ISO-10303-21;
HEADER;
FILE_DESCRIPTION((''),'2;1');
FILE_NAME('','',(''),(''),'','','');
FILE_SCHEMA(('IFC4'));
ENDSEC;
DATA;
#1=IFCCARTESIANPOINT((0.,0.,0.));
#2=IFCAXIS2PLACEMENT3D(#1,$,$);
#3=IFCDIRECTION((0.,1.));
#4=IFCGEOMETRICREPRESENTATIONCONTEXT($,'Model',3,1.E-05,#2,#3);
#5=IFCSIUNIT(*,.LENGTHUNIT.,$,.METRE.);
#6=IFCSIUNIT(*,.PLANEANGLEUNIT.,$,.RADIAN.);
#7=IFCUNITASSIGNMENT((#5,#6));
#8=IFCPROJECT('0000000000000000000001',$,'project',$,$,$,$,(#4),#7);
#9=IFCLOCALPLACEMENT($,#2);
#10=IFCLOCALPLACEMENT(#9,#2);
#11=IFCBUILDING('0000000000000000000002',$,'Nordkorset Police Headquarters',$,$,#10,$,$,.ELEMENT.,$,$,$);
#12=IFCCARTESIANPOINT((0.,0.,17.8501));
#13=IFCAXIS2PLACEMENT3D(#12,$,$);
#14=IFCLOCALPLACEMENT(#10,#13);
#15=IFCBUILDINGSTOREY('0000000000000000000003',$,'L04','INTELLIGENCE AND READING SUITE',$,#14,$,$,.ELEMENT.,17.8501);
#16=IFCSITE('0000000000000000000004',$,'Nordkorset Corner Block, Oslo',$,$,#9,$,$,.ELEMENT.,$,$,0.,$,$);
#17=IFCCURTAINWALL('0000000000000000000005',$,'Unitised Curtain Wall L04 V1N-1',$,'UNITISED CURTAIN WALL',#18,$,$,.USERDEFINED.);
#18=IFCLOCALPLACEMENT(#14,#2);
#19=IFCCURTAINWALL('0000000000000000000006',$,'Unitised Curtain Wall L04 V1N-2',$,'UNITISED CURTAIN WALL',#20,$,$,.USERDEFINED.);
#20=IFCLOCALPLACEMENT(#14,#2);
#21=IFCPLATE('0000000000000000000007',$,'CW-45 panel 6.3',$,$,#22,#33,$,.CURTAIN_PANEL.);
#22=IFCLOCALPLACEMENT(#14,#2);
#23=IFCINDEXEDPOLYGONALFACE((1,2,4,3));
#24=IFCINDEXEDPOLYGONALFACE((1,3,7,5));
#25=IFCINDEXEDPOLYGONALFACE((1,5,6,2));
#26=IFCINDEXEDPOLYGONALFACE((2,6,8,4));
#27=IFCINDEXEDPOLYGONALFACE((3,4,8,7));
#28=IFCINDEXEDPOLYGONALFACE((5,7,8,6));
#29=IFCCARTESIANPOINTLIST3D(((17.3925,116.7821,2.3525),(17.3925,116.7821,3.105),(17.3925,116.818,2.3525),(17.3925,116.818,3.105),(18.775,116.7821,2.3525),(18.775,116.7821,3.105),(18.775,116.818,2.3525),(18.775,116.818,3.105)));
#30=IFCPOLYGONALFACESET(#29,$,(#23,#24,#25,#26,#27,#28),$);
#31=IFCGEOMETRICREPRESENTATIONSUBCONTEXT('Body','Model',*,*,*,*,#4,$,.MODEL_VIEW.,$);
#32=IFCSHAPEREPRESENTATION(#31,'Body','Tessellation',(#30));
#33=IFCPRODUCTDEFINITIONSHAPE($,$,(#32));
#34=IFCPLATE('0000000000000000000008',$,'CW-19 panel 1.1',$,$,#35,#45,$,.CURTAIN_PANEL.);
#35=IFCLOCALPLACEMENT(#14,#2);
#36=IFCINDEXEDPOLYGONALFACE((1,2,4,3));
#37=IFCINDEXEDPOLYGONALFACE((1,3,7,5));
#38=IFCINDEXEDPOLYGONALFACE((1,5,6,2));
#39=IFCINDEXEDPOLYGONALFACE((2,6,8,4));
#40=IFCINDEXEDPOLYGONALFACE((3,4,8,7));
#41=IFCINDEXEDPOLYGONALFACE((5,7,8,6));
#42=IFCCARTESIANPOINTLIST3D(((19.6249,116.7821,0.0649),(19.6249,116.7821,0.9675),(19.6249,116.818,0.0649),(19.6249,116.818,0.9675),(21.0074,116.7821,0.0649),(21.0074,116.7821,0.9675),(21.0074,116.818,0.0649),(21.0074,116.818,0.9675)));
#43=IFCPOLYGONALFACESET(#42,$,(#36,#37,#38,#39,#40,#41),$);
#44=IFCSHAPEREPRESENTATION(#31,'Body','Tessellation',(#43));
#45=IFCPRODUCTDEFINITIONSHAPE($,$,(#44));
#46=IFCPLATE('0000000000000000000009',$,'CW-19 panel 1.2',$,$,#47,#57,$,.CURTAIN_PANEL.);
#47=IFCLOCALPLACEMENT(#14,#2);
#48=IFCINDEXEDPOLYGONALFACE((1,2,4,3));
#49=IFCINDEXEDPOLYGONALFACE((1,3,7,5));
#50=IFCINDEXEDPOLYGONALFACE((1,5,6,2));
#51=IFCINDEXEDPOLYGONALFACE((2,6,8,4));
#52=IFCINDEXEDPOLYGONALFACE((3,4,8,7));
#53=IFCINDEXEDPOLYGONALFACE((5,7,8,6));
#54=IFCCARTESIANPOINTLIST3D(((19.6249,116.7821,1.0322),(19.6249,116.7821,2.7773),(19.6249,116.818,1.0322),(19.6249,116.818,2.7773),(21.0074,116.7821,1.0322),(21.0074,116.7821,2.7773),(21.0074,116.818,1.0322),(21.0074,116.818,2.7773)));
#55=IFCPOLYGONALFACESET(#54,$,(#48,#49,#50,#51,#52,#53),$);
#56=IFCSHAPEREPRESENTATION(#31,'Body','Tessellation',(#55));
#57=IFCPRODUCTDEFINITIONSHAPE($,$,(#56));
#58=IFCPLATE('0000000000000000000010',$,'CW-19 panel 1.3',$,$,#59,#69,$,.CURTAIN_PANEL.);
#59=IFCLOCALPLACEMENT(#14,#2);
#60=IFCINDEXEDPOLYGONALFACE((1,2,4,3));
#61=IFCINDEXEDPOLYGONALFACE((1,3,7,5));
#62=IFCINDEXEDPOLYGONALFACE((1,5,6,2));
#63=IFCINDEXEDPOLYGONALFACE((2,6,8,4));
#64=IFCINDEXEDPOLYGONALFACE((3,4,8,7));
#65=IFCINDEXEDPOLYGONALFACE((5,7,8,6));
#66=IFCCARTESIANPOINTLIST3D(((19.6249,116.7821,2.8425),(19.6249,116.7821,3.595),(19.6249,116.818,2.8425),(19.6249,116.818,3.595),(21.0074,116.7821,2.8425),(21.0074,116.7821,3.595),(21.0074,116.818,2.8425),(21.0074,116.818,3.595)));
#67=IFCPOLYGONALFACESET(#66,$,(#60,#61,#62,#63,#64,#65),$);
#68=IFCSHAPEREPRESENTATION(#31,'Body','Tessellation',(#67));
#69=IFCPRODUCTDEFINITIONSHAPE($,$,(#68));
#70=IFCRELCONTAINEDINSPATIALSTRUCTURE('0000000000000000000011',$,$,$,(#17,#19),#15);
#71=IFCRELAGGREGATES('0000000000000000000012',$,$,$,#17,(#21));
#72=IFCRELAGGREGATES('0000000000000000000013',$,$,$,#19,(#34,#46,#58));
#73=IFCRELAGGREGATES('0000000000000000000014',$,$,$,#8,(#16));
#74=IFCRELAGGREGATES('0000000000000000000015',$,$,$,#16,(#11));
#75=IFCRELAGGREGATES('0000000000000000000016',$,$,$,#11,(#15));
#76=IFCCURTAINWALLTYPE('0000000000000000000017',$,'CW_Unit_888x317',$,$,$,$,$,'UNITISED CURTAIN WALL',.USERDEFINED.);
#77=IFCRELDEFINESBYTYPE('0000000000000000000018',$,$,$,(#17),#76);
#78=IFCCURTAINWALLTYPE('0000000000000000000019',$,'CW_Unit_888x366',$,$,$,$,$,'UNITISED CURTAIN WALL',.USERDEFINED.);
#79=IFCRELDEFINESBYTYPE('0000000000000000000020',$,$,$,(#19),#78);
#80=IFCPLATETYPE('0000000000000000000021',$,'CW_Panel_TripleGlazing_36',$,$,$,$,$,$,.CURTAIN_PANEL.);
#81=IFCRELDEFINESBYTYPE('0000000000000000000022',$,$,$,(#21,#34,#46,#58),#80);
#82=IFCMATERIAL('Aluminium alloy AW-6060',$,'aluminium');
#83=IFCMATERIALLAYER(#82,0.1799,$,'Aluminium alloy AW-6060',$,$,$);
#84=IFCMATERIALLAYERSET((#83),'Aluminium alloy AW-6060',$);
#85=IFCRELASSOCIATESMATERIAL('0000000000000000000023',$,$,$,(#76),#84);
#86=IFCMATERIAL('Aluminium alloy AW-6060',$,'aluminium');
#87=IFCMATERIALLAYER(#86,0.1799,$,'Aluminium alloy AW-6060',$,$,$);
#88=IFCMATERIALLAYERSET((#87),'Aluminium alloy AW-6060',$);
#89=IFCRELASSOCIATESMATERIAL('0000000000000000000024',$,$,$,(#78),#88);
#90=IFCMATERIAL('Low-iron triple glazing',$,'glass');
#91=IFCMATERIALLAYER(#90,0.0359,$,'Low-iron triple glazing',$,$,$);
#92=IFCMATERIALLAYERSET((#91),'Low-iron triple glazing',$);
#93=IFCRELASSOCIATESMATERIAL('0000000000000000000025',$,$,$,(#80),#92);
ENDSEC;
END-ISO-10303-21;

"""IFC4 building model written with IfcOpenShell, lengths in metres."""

from ifc_helpers import new_model, si_unit, direction, frame, origin, origin_2d, place, context, subcontext, project, spatial, rectangle, extrude, material, layer, layer_set, type_object, element, aggregate, save


model = new_model("IFC4")

# Units and contexts
model_context = context("Model", 3, precision=1e-05, world=origin(), true_north=direction((0.0, 1.0)))
body_context = subcontext(model_context, "Body", "Model", "MODEL_VIEW")
ifc_project = project(units=[si_unit("LENGTHUNIT", "METRE"), si_unit("PLANEANGLEUNIT", "RADIAN")], contexts=[model_context])

# Site, building, storey
site_placement = place(None, origin())
site = spatial("IfcSite", under=ifc_project, at=site_placement, Name="Nordkorset Corner Block, Oslo", CompositionType="ELEMENT", RefElevation=0.0)
building_placement = place(site_placement, origin())
building = spatial("IfcBuilding", under=site, at=building_placement, Name="Nordkorset Police Headquarters", CompositionType="ELEMENT")
storey_placement = place(building_placement, frame((0.0, 0.0, 17.8501)))
storey = spatial("IfcBuildingStorey", under=building, at=storey_placement, Name="L04", Description="INTELLIGENCE AND READING SUITE", CompositionType="ELEMENT", Elevation=17.8501)

# Curtain wall
ifc_material_1 = material(Name="Aluminium alloy AW-6060", Category="aluminium")
ifc_layer_1 = layer(ifc_material_1, 0.1799, Name="Aluminium alloy AW-6060")
ifc_layer_set_1 = layer_set([ifc_layer_1], Name="Aluminium alloy AW-6060")
curtain_wall_type_1 = type_object("IfcCurtainWallType", Name="CW_Unit_888x317", ElementType="UNITISED CURTAIN WALL", PredefinedType="USERDEFINED", material=ifc_layer_set_1)
curtain_wall_1_placement = place(storey_placement, origin())
curtain_wall_1 = element("IfcCurtainWall", 1, at=curtain_wall_1_placement, inside=storey, type_object=curtain_wall_type_1, Name="Unitised Curtain Wall L04 V1N-1", ObjectType="UNITISED CURTAIN WALL", PredefinedType="USERDEFINED")

# Curtain wall
ifc_material_2 = material(Name="Aluminium alloy AW-6060", Category="aluminium")
ifc_layer_2 = layer(ifc_material_2, 0.1799, Name="Aluminium alloy AW-6060")
ifc_layer_set_2 = layer_set([ifc_layer_2], Name="Aluminium alloy AW-6060")
curtain_wall_type_2 = type_object("IfcCurtainWallType", Name="CW_Unit_888x366", ElementType="UNITISED CURTAIN WALL", PredefinedType="USERDEFINED", material=ifc_layer_set_2)
curtain_wall_2_placement = place(storey_placement, origin())
curtain_wall_2 = element("IfcCurtainWall", 2, at=curtain_wall_2_placement, inside=storey, type_object=curtain_wall_type_2, Name="Unitised Curtain Wall L04 V1N-2", ObjectType="UNITISED CURTAIN WALL", PredefinedType="USERDEFINED")

# Plates
ifc_material_3 = material(Name="Low-iron triple glazing", Category="glass")
ifc_layer_3 = layer(ifc_material_3, 0.0359, Name="Low-iron triple glazing")
ifc_layer_set_3 = layer_set([ifc_layer_3], Name="Low-iron triple glazing")
plate_type = type_object("IfcPlateType", Name="CW_Panel_TripleGlazing_36", PredefinedType="CURTAIN_PANEL", material=ifc_layer_set_3)
plate_1_placement = place(storey_placement, frame((18.0837, 116.8, 2.3525), z_axis=(0.0, 0.0, 1.0), x_axis=(1.0, 0.0, 0.0)))
plate_1 = element("IfcPlate", 3, at=plate_1_placement, type_object=plate_type, Name="CW-45 panel 6.3", PredefinedType="CURTAIN_PANEL", context=body_context, shape_type="SweptSolid", body=[
    extrude(rectangle(XDim=1.3826, YDim=0.0359, at=origin_2d()), origin(), (0.0, 0.0, 1.0), 0.7524),
])
aggregate(curtain_wall_1, [plate_1])
plate_2_placement = place(storey_placement, frame((20.3162, 116.8, 0.0649), z_axis=(0.0, 0.0, 1.0), x_axis=(1.0, 0.0, 0.0)))
plate_2 = element("IfcPlate", 4, at=plate_2_placement, type_object=plate_type, Name="CW-19 panel 1.1", PredefinedType="CURTAIN_PANEL", context=body_context, shape_type="SweptSolid", body=[
    extrude(rectangle(XDim=1.3826, YDim=0.0359, at=origin_2d()), origin(), (0.0, 0.0, 1.0), 0.9026),
])
plate_3_placement = place(storey_placement, frame((20.3162, 116.8, 1.0322), z_axis=(0.0, 0.0, 1.0), x_axis=(1.0, 0.0, 0.0)))
plate_3 = element("IfcPlate", 5, at=plate_3_placement, type_object=plate_type, Name="CW-19 panel 1.2", PredefinedType="CURTAIN_PANEL", context=body_context, shape_type="SweptSolid", body=[
    extrude(rectangle(XDim=1.3826, YDim=0.0359, at=origin_2d()), origin(), (0.0, 0.0, 1.0), 1.7451),
])
plate_4_placement = place(storey_placement, frame((20.3162, 116.8, 2.8425), z_axis=(0.0, 0.0, 1.0), x_axis=(1.0, 0.0, 0.0)))
plate_4 = element("IfcPlate", 6, at=plate_4_placement, type_object=plate_type, Name="CW-19 panel 1.3", PredefinedType="CURTAIN_PANEL", context=body_context, shape_type="SweptSolid", body=[
    extrude(rectangle(XDim=1.3826, YDim=0.0359, at=origin_2d()), origin(), (0.0, 0.0, 1.0), 0.7524),
])
aggregate(curtain_wall_2, [plate_2, plate_3, plate_4])

save(model, "model.ifc")
